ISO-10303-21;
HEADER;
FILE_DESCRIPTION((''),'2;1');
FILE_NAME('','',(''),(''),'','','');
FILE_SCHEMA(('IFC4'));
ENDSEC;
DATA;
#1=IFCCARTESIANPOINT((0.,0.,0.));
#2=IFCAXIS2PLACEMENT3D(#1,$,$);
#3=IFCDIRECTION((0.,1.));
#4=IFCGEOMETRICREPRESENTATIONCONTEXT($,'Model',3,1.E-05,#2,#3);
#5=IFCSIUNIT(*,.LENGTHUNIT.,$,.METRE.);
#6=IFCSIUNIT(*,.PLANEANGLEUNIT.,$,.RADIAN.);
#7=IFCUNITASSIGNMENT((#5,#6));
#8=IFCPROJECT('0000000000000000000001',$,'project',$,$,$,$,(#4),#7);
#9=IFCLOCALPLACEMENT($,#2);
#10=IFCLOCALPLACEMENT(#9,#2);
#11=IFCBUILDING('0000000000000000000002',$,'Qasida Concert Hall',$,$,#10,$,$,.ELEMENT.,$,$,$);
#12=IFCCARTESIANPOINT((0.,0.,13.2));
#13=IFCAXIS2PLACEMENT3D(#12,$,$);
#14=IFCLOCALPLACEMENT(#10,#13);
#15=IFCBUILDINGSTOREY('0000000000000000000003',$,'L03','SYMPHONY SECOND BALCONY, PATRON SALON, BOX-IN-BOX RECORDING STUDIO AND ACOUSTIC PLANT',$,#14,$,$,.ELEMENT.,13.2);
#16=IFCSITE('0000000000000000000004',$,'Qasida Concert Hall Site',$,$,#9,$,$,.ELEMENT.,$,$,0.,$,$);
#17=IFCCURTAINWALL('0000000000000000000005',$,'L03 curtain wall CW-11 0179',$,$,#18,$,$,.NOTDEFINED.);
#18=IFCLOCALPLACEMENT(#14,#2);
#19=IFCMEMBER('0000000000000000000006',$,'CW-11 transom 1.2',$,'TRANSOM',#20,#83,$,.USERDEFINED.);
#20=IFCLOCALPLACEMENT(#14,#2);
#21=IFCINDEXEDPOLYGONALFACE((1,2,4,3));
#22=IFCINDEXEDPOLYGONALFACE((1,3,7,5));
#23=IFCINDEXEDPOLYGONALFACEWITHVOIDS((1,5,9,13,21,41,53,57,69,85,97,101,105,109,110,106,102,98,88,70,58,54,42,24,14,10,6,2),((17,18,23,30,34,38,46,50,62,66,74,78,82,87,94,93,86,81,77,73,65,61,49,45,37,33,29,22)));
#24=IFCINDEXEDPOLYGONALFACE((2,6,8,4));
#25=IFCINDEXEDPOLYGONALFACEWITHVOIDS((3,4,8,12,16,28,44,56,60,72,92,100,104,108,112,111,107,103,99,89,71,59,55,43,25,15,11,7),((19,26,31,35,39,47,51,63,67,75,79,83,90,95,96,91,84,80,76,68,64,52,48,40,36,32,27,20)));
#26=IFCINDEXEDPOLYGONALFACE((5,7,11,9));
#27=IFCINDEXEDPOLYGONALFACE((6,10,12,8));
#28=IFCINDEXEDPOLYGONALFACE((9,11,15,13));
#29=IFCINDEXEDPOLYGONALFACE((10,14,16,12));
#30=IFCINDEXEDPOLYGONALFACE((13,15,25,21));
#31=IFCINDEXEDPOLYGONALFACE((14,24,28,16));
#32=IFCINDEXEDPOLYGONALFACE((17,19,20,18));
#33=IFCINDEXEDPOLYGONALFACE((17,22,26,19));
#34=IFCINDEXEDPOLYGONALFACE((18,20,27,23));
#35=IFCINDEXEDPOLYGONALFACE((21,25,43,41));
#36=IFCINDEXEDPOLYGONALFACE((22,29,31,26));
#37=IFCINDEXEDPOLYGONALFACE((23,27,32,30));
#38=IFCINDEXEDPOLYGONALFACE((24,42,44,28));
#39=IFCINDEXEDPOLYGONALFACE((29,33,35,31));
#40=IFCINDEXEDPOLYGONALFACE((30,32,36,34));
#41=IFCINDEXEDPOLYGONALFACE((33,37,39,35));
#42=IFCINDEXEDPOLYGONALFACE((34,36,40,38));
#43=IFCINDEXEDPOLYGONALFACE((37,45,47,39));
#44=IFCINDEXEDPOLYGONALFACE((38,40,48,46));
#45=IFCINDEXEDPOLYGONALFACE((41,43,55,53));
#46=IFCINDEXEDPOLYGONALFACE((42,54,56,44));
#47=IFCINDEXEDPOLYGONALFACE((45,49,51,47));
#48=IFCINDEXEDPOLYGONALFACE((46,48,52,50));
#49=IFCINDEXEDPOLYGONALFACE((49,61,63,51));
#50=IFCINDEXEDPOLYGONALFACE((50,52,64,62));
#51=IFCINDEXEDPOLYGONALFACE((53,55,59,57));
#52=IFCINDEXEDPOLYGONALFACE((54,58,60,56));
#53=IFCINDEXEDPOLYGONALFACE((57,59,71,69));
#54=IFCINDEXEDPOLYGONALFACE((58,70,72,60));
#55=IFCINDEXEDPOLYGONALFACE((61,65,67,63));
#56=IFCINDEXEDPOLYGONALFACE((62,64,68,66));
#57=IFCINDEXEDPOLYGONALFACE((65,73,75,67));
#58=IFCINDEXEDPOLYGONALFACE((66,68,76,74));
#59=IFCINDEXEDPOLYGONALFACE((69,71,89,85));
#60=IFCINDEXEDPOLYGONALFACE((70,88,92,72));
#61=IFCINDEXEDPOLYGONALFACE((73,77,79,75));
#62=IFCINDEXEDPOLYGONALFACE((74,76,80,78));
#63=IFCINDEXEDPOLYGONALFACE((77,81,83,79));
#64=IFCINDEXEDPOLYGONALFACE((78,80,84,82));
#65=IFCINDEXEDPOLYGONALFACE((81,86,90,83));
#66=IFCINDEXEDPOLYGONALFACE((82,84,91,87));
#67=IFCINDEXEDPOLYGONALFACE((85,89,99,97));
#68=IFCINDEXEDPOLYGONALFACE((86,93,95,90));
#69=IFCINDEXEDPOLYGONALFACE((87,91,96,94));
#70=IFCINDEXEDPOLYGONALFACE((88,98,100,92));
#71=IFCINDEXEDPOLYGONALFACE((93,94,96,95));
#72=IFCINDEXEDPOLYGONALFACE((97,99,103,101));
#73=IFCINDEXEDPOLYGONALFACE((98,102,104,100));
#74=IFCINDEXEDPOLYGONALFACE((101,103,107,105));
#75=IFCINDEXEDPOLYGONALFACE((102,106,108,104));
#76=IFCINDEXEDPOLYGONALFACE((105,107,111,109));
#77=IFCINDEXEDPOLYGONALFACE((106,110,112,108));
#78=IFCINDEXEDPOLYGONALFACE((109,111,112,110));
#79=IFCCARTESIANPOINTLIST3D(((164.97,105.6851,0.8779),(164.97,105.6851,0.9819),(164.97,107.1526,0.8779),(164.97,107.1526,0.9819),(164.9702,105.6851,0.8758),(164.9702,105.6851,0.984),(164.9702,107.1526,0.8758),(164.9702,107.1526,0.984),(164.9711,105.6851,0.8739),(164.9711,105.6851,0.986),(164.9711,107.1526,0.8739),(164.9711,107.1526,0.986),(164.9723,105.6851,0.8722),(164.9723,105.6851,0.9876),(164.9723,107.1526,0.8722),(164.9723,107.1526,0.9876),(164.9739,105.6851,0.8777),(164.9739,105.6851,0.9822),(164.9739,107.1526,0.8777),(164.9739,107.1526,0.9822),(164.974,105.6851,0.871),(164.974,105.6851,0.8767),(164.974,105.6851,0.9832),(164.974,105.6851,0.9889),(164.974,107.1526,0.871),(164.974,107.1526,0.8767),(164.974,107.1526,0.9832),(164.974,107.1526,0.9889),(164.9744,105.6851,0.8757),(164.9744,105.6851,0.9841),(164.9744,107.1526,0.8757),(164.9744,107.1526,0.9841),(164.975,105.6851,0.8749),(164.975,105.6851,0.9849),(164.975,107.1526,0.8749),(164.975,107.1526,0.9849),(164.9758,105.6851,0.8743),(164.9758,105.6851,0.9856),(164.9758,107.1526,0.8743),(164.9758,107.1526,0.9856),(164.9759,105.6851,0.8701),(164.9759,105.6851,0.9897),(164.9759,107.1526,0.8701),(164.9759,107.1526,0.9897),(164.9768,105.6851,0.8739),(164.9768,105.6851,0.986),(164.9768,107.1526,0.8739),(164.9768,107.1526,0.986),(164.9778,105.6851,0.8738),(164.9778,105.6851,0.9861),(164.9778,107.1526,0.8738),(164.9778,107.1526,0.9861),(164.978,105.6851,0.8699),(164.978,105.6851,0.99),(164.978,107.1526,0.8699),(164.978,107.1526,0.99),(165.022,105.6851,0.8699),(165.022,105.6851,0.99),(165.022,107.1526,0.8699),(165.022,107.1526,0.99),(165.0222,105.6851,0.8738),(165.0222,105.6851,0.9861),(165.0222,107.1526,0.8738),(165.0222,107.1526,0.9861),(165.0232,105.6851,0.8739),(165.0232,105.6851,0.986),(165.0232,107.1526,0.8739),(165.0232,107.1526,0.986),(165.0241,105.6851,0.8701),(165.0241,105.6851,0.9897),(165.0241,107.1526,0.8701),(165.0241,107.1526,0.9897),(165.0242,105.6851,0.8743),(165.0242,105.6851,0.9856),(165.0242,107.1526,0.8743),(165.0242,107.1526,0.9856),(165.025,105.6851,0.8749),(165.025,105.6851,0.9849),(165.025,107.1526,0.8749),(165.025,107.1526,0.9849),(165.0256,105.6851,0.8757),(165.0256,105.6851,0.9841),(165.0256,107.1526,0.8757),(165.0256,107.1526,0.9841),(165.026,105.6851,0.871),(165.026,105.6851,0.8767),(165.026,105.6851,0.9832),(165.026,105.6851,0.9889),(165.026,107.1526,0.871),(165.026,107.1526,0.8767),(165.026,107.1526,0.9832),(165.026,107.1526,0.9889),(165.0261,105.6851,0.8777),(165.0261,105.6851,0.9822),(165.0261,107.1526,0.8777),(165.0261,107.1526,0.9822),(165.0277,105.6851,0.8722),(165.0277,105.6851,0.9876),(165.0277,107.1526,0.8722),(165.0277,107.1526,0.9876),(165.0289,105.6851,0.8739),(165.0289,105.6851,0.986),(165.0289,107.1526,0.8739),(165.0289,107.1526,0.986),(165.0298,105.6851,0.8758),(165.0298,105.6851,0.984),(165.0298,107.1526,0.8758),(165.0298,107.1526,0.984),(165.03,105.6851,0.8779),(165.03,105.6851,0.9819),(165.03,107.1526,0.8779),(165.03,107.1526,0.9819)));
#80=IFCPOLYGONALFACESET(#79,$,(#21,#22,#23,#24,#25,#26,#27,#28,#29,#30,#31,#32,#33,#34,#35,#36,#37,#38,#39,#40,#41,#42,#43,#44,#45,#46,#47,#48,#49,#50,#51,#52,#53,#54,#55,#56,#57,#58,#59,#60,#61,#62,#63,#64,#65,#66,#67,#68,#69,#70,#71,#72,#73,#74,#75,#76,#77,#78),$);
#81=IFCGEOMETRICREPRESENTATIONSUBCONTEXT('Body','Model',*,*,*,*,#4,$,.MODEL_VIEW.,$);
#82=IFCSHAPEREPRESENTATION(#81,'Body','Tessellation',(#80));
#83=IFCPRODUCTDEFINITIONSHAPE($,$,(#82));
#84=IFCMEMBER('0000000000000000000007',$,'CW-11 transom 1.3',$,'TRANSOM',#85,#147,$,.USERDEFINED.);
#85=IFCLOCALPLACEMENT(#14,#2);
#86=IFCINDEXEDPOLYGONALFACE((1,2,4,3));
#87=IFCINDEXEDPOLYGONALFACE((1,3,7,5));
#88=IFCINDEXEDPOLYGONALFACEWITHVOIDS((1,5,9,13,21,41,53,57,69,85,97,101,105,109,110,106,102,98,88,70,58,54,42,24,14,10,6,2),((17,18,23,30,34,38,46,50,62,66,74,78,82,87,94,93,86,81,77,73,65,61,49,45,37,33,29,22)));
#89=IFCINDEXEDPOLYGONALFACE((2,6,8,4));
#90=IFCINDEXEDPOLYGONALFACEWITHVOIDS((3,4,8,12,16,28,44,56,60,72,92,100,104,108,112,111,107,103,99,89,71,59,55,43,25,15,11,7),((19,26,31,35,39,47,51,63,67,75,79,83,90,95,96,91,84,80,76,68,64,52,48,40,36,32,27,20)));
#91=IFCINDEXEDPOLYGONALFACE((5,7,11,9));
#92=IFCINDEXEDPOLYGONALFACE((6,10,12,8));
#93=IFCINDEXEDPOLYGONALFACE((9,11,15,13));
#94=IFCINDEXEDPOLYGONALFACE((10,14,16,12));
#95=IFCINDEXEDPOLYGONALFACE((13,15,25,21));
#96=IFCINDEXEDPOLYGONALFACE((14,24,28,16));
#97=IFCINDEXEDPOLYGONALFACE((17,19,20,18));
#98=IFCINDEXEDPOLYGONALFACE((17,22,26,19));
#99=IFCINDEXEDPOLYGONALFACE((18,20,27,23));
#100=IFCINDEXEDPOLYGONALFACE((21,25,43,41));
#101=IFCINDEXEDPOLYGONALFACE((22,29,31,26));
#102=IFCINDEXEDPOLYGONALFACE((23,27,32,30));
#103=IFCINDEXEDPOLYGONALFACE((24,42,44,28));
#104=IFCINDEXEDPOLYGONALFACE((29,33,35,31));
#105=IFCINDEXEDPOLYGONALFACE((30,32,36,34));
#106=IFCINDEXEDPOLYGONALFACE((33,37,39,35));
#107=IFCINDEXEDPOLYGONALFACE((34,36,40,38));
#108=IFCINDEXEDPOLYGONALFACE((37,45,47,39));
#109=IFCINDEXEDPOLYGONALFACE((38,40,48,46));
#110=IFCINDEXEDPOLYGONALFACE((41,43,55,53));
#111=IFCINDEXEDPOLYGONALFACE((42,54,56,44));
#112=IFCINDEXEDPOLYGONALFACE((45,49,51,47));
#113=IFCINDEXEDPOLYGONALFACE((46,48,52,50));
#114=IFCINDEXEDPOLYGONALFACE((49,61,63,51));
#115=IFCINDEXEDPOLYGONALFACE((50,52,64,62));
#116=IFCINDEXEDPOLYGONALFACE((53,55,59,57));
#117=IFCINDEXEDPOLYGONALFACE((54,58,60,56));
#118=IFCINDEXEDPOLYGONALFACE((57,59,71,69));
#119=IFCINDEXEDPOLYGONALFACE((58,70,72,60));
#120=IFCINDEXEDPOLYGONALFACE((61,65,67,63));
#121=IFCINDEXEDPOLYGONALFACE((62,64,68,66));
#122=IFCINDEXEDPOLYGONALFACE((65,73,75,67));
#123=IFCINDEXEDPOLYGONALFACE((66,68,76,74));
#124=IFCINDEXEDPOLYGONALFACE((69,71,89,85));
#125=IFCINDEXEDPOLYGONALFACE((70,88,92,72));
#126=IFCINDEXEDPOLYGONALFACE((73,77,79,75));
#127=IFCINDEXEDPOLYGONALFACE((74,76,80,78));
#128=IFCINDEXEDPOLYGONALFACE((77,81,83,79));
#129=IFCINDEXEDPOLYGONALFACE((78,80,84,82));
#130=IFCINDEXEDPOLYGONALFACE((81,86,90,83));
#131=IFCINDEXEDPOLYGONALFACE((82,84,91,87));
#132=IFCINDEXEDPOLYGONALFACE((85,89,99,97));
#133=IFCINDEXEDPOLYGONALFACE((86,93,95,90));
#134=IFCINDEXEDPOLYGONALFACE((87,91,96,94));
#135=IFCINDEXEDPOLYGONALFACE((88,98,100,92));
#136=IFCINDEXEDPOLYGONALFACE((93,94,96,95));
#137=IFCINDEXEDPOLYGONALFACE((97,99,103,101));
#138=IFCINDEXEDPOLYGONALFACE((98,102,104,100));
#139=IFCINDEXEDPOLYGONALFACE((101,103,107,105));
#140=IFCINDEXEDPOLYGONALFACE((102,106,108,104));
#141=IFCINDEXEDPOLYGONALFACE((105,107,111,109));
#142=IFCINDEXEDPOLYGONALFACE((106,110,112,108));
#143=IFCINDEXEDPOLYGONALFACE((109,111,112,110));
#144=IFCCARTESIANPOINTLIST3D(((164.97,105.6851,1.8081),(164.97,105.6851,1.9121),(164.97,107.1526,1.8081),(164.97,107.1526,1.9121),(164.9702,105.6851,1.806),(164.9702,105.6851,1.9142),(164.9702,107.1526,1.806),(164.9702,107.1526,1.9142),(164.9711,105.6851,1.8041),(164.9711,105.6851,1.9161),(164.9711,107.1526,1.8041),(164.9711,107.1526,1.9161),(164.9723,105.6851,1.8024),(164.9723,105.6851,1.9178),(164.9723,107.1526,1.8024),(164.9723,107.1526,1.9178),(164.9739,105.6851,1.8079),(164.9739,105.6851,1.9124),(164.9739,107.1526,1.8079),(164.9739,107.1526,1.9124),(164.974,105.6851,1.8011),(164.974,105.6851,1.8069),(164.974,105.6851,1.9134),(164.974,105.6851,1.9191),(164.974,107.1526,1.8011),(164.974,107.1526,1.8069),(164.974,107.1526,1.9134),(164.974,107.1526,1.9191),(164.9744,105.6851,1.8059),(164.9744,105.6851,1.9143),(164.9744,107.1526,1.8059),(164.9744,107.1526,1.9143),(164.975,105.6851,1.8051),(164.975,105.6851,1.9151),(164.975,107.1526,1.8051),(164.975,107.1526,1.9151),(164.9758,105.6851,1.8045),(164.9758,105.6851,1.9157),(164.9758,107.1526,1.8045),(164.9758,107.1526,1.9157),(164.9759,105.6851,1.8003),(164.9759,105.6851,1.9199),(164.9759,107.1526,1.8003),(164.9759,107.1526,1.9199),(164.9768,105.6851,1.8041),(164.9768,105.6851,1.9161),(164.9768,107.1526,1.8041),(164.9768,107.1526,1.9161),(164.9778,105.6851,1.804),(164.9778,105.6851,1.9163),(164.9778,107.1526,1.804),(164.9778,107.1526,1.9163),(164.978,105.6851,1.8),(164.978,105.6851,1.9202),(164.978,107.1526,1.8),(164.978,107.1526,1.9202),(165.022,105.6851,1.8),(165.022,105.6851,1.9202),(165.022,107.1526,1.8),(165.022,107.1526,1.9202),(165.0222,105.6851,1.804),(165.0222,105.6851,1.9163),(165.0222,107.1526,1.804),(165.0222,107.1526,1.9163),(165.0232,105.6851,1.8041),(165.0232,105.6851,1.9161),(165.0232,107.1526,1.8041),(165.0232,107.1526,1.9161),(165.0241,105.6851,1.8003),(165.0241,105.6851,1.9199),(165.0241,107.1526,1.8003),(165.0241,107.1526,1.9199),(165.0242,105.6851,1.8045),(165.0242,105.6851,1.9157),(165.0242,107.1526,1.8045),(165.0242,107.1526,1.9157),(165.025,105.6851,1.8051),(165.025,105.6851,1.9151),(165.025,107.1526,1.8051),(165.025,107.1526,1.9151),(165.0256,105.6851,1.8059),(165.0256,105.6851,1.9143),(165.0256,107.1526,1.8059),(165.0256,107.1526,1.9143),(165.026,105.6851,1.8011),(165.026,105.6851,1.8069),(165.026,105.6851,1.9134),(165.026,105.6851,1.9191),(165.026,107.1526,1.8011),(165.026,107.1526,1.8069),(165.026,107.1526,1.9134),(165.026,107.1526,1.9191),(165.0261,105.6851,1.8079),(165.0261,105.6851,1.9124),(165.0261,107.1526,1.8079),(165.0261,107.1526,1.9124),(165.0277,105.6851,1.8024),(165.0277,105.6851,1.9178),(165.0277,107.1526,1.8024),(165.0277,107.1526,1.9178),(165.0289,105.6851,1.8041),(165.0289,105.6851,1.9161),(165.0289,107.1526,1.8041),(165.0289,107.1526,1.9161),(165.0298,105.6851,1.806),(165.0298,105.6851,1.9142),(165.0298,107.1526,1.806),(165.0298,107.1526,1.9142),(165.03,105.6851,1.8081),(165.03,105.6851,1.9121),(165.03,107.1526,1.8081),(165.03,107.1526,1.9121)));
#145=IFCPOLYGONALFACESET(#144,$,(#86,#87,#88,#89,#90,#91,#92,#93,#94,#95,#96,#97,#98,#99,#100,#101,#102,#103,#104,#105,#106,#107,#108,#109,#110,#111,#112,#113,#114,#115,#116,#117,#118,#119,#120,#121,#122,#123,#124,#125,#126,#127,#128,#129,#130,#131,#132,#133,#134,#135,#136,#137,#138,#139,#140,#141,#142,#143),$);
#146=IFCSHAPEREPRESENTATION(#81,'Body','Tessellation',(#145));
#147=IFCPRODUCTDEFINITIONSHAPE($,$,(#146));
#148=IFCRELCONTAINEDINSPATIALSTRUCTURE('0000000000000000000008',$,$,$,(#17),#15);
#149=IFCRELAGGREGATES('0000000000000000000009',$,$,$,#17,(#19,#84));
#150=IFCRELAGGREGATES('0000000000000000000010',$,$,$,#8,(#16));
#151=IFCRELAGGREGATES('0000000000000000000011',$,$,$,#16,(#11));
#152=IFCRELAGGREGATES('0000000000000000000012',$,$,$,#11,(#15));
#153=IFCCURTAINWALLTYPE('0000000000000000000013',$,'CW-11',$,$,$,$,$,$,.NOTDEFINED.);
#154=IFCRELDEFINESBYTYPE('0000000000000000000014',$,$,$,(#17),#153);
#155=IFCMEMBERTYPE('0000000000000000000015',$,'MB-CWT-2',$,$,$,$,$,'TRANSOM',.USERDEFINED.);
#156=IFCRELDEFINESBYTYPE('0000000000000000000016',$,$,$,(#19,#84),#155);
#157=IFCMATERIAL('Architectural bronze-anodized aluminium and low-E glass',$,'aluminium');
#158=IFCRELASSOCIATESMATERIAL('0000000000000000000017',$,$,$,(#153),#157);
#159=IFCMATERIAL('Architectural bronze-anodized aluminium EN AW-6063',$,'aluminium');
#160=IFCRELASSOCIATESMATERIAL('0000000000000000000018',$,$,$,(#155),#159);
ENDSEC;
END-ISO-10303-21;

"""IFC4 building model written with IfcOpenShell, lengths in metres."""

from ifc_helpers import new_model, si_unit, direction, frame, origin, origin_2d, place, context, subcontext, project, spatial, hollow_rectangle, extrude, material, material_profile, profile_set, type_object, element, aggregate, save


model = new_model("IFC4")

# Units and contexts
model_context = context("Model", 3, precision=1e-05, world=origin(), true_north=direction((0.0, 1.0)))
body_context = subcontext(model_context, "Body", "Model", "MODEL_VIEW")
ifc_project = project(units=[si_unit("LENGTHUNIT", "METRE"), si_unit("PLANEANGLEUNIT", "RADIAN")], contexts=[model_context])

# Site, building, storey
site_placement = place(None, origin())
site = spatial("IfcSite", under=ifc_project, at=site_placement, Name="Qasida Concert Hall Site", CompositionType="ELEMENT", RefElevation=0.0)
building_placement = place(site_placement, origin())
building = spatial("IfcBuilding", under=site, at=building_placement, Name="Qasida Concert Hall", CompositionType="ELEMENT")
storey_placement = place(building_placement, frame((0.0, 0.0, 13.2)))
storey = spatial("IfcBuildingStorey", under=building, at=storey_placement, Name="L03", Description="SYMPHONY SECOND BALCONY, PATRON SALON, BOX-IN-BOX RECORDING STUDIO AND ACOUSTIC PLANT", CompositionType="ELEMENT", Elevation=13.2)

# Shared definitions
ifc_material_1 = material(Name="Architectural bronze-anodized aluminium and low-E glass", Category="aluminium")
curtain_wall_type = type_object("IfcCurtainWallType", Name="CW-11", PredefinedType="NOTDEFINED", material=ifc_material_1)
ifc_material_2 = material(Name="Architectural bronze-anodized aluminium EN AW-6063", Category="aluminium")

# Curtain wall
curtain_wall_1_placement = place(storey_placement, origin())
curtain_wall_1 = element("IfcCurtainWall", 1, at=curtain_wall_1_placement, inside=storey, type_object=curtain_wall_type, Name="L03 curtain wall CW-11 0179", PredefinedType="NOTDEFINED")

# Members
ifc_material_profile_1 = material_profile(ifc_material_2, hollow_rectangle(XDim=0.0601, YDim=0.1201, WallThickness=0.0039, InnerFilletRadius=0.0039, OuterFilletRadius=0.0081, at=origin_2d()), Name="CWT 120x60x4")
ifc_profile_set_1 = profile_set([ifc_material_profile_1], Name="Architectural bronze-anodized aluminium EN AW-6063")
member_type_1 = type_object("IfcMemberType", Name="MB-CWT-2", ElementType="TRANSOM", PredefinedType="USERDEFINED", material=ifc_profile_set_1)
member_1_placement = place(storey_placement, frame((165.0, 105.6851, 0.9299), z_axis=(0.0, 1.0, 0.0), x_axis=(-1.0, 0.0, 0.0)))
member_1 = element("IfcMember", 2, at=member_1_placement, type_object=member_type_1, Name="CW-11 transom 1.2", ObjectType="TRANSOM", PredefinedType="USERDEFINED", context=body_context, shape_type="SweptSolid", body=[
    extrude(hollow_rectangle(XDim=0.0601, YDim=0.1201, WallThickness=0.0039, InnerFilletRadius=0.0039, OuterFilletRadius=0.0081, at=origin_2d()), origin(), (0.0, 0.0, 1.0), 1.4675),
])
member_2_placement = place(storey_placement, frame((165.0, 105.6851, 1.8601), z_axis=(0.0, 1.0, 0.0), x_axis=(-1.0, 0.0, 0.0)))
member_2 = element("IfcMember", 3, at=member_2_placement, type_object=member_type_1, Name="CW-11 transom 1.3", ObjectType="TRANSOM", PredefinedType="USERDEFINED", context=body_context, shape_type="SweptSolid", body=[
    extrude(hollow_rectangle(XDim=0.0601, YDim=0.1201, WallThickness=0.0039, InnerFilletRadius=0.0039, OuterFilletRadius=0.0081, at=origin_2d()), origin(), (0.0, 0.0, 1.0), 1.4675),
])
aggregate(curtain_wall_1, [member_1, member_2])

save(model, "model.ifc")
